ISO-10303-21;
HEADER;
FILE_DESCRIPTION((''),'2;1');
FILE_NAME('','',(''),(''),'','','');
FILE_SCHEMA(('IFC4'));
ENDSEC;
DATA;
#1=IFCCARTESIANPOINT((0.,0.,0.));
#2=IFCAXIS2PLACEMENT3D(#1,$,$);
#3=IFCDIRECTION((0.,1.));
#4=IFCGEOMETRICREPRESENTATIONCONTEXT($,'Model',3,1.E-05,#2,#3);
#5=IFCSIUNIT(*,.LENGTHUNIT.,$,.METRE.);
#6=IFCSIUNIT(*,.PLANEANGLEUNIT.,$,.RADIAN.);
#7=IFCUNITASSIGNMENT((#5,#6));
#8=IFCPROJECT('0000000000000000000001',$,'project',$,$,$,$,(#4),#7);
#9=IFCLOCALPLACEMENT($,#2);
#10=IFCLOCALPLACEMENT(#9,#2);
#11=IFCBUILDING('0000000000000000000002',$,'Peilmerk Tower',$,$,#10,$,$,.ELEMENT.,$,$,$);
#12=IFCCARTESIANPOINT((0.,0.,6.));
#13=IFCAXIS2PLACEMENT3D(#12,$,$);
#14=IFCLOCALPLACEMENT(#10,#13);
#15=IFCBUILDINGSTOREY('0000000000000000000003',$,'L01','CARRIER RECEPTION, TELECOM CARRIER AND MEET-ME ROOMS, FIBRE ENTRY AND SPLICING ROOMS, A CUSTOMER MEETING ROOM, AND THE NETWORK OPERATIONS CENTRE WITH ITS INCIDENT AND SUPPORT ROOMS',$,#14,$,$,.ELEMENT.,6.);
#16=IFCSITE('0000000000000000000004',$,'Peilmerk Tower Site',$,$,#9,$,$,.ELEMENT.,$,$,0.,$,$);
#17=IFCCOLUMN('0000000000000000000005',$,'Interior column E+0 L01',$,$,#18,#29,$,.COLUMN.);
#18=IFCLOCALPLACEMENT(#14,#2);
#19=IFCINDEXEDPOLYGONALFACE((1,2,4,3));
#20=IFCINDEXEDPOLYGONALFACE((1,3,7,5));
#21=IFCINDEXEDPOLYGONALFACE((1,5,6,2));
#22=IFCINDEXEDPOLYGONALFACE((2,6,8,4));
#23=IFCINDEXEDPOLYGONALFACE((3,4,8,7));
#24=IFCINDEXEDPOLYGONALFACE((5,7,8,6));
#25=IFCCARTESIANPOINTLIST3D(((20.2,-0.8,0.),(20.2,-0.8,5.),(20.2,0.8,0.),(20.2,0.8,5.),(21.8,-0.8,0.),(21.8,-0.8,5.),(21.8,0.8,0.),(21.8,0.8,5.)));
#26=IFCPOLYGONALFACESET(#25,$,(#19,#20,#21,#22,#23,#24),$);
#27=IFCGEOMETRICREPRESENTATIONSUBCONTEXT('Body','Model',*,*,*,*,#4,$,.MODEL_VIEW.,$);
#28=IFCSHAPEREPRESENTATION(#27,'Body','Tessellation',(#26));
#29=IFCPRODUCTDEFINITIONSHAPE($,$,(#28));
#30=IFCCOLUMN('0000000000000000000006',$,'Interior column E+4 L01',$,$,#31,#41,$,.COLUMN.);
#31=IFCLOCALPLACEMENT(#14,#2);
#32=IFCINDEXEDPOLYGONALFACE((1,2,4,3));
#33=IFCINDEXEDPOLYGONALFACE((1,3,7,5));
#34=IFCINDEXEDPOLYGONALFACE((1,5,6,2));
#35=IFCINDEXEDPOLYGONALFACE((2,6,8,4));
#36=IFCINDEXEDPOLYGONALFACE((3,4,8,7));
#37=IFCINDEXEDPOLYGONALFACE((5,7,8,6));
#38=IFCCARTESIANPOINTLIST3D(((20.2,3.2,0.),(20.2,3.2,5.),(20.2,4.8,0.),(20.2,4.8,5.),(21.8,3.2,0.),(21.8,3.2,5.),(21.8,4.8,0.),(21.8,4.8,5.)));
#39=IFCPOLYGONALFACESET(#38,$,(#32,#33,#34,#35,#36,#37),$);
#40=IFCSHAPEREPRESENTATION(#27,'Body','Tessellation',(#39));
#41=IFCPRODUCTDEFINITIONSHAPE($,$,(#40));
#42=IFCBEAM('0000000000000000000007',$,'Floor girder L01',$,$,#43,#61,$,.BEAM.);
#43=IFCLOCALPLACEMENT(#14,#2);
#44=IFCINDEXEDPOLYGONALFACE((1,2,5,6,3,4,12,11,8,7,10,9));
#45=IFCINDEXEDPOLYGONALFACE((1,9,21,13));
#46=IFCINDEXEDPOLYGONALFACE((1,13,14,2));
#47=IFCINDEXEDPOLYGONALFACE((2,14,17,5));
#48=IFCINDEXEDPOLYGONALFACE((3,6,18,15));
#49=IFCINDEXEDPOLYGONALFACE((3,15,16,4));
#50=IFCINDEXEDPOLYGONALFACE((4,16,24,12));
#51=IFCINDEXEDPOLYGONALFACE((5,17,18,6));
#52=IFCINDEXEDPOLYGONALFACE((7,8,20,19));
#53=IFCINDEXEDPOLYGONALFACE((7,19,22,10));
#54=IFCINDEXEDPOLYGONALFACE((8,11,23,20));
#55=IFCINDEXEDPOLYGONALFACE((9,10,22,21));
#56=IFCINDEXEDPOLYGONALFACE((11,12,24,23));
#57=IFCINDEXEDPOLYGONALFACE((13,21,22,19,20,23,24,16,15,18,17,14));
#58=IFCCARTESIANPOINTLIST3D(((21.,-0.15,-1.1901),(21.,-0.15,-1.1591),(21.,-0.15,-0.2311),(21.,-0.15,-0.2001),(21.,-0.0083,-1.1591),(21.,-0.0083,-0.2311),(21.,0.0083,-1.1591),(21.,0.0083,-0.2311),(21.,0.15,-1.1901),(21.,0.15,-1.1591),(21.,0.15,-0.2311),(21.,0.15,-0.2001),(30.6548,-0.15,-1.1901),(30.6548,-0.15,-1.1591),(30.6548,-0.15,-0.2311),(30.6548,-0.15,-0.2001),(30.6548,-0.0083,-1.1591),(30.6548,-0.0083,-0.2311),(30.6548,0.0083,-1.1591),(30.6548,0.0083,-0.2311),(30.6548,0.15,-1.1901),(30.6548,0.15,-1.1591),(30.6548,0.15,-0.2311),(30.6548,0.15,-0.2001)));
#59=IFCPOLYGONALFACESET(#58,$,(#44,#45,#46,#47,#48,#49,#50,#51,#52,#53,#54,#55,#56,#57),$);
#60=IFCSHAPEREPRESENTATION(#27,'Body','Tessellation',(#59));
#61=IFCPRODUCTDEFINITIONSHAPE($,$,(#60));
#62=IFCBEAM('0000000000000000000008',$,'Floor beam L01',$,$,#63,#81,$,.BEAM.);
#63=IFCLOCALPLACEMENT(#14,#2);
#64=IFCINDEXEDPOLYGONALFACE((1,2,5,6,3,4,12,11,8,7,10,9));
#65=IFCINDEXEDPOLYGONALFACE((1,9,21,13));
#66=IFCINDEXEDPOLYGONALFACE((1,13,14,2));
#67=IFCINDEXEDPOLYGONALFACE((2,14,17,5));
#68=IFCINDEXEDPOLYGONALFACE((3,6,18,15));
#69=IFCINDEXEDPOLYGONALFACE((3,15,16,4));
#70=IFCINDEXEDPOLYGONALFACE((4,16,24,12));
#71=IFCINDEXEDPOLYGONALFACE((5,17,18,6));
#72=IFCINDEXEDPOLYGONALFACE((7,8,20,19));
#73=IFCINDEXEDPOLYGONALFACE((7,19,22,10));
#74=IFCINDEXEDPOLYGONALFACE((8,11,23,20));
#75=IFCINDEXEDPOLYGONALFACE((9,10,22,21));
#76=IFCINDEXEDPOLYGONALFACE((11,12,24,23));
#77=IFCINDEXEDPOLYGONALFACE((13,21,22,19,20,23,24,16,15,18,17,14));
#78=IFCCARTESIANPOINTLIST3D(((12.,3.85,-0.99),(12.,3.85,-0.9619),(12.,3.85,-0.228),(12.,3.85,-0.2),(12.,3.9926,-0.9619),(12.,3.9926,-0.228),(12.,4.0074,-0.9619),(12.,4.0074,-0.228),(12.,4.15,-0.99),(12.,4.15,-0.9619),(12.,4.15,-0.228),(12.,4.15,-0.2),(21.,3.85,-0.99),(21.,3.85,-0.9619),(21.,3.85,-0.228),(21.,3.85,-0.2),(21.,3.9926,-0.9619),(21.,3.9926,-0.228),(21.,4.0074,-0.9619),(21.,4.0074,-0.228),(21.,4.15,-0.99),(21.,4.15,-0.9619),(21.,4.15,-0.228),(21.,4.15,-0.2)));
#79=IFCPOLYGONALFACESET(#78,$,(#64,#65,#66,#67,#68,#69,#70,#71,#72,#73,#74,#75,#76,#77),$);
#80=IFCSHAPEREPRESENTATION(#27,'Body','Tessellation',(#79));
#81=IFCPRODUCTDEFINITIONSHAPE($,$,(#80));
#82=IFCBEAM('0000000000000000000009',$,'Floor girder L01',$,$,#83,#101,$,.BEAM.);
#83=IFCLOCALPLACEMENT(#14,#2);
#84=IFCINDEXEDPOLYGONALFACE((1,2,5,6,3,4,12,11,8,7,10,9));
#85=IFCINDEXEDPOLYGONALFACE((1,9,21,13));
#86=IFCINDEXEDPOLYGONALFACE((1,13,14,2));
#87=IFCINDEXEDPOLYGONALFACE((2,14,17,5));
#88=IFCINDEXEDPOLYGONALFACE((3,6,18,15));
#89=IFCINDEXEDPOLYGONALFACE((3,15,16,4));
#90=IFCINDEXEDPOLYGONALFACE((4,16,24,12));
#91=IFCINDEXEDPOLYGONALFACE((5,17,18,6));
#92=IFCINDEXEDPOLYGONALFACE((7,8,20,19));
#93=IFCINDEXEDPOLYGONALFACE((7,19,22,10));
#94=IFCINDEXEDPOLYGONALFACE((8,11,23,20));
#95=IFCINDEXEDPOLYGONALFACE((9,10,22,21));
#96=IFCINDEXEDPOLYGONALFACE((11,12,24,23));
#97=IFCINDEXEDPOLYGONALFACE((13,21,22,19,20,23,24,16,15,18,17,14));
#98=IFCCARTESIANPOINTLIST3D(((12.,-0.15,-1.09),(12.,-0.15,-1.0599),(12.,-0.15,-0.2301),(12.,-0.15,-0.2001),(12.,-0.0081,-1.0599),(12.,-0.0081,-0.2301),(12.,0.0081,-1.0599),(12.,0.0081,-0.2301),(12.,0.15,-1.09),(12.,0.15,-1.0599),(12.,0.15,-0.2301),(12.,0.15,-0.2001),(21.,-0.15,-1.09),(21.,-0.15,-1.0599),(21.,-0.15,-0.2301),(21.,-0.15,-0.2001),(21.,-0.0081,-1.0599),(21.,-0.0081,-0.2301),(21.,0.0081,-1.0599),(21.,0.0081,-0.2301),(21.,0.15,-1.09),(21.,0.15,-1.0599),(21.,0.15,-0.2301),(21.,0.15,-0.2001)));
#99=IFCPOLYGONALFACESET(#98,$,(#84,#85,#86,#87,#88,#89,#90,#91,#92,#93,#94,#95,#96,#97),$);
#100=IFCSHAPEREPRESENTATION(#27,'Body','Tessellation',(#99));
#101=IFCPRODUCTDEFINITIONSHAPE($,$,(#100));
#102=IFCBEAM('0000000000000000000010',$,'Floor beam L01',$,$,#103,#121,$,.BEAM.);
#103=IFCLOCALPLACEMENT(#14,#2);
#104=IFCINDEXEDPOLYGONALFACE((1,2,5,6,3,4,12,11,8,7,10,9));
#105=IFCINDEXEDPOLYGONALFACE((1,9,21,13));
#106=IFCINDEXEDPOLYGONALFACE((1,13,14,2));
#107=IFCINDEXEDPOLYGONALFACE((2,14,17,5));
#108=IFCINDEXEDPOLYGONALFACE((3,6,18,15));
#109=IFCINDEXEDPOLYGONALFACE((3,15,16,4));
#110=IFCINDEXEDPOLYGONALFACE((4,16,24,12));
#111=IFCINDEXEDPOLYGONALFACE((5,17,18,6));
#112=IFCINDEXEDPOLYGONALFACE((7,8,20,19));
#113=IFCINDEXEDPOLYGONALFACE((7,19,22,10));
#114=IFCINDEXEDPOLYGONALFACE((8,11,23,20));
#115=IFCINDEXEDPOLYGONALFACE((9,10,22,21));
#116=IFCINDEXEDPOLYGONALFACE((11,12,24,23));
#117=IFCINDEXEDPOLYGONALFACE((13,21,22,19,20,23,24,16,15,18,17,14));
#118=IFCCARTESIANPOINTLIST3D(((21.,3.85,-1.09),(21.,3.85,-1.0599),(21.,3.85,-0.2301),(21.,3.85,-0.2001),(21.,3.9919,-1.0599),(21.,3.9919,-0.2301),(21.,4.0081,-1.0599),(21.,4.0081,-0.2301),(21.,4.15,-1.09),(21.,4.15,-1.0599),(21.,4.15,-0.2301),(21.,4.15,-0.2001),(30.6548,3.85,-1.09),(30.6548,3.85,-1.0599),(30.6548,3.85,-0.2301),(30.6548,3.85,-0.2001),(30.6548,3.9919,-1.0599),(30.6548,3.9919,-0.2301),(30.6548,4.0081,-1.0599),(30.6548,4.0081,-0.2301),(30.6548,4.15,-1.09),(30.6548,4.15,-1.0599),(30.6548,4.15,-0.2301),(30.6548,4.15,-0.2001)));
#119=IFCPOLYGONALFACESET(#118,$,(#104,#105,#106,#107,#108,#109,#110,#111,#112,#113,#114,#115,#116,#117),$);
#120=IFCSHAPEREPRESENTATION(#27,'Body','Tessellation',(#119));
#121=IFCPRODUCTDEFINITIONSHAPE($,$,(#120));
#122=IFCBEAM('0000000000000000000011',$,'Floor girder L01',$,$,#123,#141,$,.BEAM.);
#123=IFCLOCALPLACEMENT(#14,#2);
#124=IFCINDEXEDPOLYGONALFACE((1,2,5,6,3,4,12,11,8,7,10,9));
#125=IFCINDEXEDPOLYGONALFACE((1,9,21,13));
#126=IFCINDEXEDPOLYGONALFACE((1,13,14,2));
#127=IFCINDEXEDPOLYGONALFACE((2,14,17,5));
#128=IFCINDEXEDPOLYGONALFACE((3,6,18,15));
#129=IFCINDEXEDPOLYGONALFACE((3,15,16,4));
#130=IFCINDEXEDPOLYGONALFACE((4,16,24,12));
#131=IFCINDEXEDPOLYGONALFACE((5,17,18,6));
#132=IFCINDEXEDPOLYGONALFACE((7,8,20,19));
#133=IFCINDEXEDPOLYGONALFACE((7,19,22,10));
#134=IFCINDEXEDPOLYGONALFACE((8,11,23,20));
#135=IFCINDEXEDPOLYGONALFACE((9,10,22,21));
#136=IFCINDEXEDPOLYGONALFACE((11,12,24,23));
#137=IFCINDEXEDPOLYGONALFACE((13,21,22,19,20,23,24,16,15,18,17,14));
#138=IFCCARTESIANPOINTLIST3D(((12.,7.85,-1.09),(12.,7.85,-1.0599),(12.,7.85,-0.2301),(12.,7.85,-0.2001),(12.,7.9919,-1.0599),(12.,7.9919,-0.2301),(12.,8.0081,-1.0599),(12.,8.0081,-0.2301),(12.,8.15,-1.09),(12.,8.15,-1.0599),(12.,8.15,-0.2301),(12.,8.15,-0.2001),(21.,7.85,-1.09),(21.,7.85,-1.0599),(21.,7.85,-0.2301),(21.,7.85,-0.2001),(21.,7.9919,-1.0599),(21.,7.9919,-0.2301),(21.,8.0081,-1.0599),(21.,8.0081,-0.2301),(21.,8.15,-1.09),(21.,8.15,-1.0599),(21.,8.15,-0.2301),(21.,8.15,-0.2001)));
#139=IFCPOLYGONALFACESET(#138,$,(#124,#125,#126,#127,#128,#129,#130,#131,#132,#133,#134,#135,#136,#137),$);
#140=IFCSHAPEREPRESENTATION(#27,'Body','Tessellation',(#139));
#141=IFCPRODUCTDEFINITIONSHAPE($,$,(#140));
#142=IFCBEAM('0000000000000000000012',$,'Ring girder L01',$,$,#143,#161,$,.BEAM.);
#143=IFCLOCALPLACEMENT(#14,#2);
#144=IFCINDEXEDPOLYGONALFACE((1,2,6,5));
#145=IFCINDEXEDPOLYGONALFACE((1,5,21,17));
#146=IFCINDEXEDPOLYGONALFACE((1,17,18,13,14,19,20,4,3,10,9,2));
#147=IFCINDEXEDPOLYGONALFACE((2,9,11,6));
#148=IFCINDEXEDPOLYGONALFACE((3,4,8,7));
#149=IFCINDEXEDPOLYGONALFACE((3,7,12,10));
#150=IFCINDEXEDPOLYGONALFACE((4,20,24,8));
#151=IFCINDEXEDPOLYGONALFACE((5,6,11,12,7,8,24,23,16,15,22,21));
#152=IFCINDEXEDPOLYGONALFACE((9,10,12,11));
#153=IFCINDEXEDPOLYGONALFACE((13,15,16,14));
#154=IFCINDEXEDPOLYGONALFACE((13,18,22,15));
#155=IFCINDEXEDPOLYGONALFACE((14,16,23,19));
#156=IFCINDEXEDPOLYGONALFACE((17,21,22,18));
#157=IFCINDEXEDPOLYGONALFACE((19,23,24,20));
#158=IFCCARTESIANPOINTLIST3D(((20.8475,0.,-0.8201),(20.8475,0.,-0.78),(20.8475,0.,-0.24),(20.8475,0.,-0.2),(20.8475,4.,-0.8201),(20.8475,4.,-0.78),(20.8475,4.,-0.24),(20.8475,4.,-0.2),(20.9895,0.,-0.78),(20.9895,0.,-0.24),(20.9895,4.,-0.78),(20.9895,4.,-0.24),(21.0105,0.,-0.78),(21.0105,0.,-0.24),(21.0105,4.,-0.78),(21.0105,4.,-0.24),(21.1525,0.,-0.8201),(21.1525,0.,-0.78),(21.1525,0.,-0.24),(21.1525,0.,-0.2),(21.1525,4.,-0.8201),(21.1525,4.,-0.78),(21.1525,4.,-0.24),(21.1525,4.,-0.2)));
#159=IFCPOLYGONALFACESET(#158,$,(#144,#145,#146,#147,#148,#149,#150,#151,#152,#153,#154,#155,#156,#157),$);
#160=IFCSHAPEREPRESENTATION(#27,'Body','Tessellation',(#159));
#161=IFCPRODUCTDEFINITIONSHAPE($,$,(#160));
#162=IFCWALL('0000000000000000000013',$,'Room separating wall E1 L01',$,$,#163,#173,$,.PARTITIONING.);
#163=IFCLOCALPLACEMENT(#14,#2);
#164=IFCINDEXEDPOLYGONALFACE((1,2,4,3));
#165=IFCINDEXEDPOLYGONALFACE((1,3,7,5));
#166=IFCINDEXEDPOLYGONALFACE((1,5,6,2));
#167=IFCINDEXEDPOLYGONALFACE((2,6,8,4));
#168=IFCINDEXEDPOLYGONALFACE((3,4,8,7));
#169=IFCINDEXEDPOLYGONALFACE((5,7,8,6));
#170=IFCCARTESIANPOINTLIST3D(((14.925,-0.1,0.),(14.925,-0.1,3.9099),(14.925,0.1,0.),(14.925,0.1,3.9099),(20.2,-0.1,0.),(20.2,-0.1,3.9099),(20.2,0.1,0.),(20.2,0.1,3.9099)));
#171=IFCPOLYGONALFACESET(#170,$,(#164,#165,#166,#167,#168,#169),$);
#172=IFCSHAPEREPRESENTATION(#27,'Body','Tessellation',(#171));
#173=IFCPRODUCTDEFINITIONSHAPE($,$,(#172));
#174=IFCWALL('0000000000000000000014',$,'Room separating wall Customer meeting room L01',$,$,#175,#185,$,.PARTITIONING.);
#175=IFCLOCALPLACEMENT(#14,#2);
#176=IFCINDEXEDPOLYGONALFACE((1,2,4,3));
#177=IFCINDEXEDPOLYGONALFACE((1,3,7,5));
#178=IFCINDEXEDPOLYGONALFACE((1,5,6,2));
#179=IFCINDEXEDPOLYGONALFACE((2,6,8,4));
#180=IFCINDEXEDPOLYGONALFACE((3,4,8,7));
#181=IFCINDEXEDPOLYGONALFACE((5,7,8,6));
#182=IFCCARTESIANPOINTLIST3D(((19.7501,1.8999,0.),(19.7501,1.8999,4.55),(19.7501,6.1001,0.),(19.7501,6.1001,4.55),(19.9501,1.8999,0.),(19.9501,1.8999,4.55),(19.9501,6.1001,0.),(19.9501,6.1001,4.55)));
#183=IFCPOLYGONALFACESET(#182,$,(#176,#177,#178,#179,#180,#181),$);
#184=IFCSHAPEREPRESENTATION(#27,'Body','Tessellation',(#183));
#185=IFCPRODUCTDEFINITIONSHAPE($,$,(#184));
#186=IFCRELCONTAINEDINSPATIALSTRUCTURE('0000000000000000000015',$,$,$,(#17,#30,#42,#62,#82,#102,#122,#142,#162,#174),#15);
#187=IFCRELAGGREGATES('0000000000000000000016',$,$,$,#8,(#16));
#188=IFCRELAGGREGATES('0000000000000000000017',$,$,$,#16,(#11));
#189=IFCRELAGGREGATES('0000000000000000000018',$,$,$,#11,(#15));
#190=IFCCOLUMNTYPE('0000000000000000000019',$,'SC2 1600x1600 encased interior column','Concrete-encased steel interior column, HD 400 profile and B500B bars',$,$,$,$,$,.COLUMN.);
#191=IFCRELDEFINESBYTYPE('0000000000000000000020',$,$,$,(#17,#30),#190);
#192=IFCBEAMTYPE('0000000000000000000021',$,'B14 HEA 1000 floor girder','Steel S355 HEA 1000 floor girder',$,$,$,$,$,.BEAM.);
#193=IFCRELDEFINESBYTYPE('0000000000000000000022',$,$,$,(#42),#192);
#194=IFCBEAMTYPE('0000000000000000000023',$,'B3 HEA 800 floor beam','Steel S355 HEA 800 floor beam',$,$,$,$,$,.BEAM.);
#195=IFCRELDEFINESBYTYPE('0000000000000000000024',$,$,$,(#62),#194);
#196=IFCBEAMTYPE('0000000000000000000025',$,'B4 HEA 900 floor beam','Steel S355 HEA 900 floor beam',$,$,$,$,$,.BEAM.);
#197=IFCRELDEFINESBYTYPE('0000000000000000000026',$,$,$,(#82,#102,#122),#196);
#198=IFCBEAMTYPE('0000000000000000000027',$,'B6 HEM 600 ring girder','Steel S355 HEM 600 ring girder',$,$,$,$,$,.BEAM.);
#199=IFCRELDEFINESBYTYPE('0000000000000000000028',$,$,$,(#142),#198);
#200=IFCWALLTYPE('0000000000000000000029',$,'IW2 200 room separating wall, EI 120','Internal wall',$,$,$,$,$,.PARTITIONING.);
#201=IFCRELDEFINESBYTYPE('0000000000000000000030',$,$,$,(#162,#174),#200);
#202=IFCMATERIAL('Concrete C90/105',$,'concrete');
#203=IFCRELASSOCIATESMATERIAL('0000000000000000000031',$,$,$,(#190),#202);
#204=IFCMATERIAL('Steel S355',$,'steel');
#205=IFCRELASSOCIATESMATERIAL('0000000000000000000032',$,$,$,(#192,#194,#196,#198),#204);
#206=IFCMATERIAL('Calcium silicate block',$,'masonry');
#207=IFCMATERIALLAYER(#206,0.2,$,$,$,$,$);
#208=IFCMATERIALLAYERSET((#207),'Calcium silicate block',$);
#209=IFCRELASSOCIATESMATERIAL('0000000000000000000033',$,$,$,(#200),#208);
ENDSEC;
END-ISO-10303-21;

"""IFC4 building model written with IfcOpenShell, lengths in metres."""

from ifc_helpers import new_model, si_unit, direction, frame, frame_2d, origin, origin_2d, place, context, subcontext, project, spatial, rectangle, i_section, extrude, material, layer, layer_set, material_profile, profile_set, type_object, element, save


model = new_model("IFC4")

# Units and contexts
model_context = context("Model", 3, precision=1e-05, world=origin(), true_north=direction((0.0, 1.0)))
body_context = subcontext(model_context, "Body", "Model", "MODEL_VIEW")
ifc_project = project(units=[si_unit("LENGTHUNIT", "METRE"), si_unit("PLANEANGLEUNIT", "RADIAN")], contexts=[model_context])

# Site, building, storey
site_placement = place(None, origin())
site = spatial("IfcSite", under=ifc_project, at=site_placement, Name="Peilmerk Tower Site", CompositionType="ELEMENT", RefElevation=0.0)
building_placement = place(site_placement, origin())
building = spatial("IfcBuilding", under=site, at=building_placement, Name="Peilmerk Tower", CompositionType="ELEMENT")
storey_placement = place(building_placement, frame((0.0, 0.0, 6.0)))
storey = spatial("IfcBuildingStorey", under=building, at=storey_placement, Name="L01", Description="CARRIER RECEPTION, TELECOM CARRIER AND MEET-ME ROOMS, FIBRE ENTRY AND SPLICING ROOMS, A CUSTOMER MEETING ROOM, AND THE NETWORK OPERATIONS CENTRE WITH ITS INCIDENT AND SUPPORT ROOMS", CompositionType="ELEMENT", Elevation=6.0)

# Columns
ifc_material_1 = material(Name="Concrete C90/105", Category="concrete")
ifc_material_profile_1 = material_profile(ifc_material_1, rectangle(XDim=1.6001, YDim=1.6001, at=origin_2d()), Name="RC 1600x1600")
ifc_profile_set_1 = profile_set([ifc_material_profile_1], Name="Concrete C90/105")
column_type = type_object("IfcColumnType", Name="SC2 1600x1600 encased interior column", Description="Concrete-encased steel interior column, HD 400 profile and B500B bars", PredefinedType="COLUMN", material=ifc_profile_set_1)
for number, where, z_axis, x_axis, name in (
    (1, (21.0, 0.0, 0.0), (0.0, 0.0, 1.0), (1.0, 0.0, 0.0), "Interior column E+0 L01"),
    (2, (21.0, 4.0, 0.0), (0.0, 0.0, 1.0), (1.0, 0.0, 0.0), "Interior column E+4 L01"),
):
    element("IfcColumn", number, at=place(storey_placement, frame(where, z_axis=z_axis, x_axis=x_axis)), inside=storey, type_object=column_type, Name=name, PredefinedType="COLUMN", context=body_context, shape_type="SweptSolid", body=[
        extrude(rectangle(XDim=1.6001, YDim=1.6001, at=origin_2d()), origin(), (0.0, 0.0, 1.0), 5.0),
    ])

# Beams
ifc_material_2 = material(Name="Steel S355", Category="steel")
ifc_material_profile_2 = material_profile(ifc_material_2, i_section(OverallWidth=0.3, OverallDepth=0.99, WebThickness=0.0166, FlangeThickness=0.031, at=origin_2d()), Name="HEA 1000")
ifc_profile_set_2 = profile_set([ifc_material_profile_2], Name="Steel S355")
beam_type_1 = type_object("IfcBeamType", Name="B14 HEA 1000 floor girder", Description="Steel S355 HEA 1000 floor girder", PredefinedType="BEAM", material=ifc_profile_set_2)
beam_1_placement = place(storey_placement, frame((21.0, 0.0, -0.6951), z_axis=(1.0, 0.0, 0.0), x_axis=(0.0, 1.0, 0.0)))
element("IfcBeam", 3, at=beam_1_placement, inside=storey, type_object=beam_type_1, Name="Floor girder L01", PredefinedType="BEAM", context=body_context, shape_type="SweptSolid", body=[
    extrude(i_section(OverallWidth=0.3, OverallDepth=0.99, WebThickness=0.0166, FlangeThickness=0.031, at=origin_2d()), origin(), (0.0, 0.0, 1.0), 9.6548),
])
ifc_material_profile_3 = material_profile(ifc_material_2, i_section(OverallWidth=0.3, OverallDepth=0.79, WebThickness=0.0149, FlangeThickness=0.0281, at=origin_2d()), Name="HEA 800")
ifc_profile_set_3 = profile_set([ifc_material_profile_3], Name="Steel S355")
beam_type_2 = type_object("IfcBeamType", Name="B3 HEA 800 floor beam", Description="Steel S355 HEA 800 floor beam", PredefinedType="BEAM", material=ifc_profile_set_3)
beam_2_placement = place(storey_placement, frame((12.0, 4.0, -0.595), z_axis=(1.0, 0.0, 0.0), x_axis=(0.0, 1.0, 0.0)))
element("IfcBeam", 4, at=beam_2_placement, inside=storey, type_object=beam_type_2, Name="Floor beam L01", PredefinedType="BEAM", context=body_context, shape_type="SweptSolid", body=[
    extrude(i_section(OverallWidth=0.3, OverallDepth=0.79, WebThickness=0.0149, FlangeThickness=0.0281, at=origin_2d()), origin(), (0.0, 0.0, 1.0), 9.0),
])
ifc_material_profile_4 = material_profile(ifc_material_2, i_section(OverallWidth=0.3, OverallDepth=0.8899, WebThickness=0.0161, FlangeThickness=0.03, at=origin_2d()), Name="HEA 900")
ifc_profile_set_4 = profile_set([ifc_material_profile_4], Name="Steel S355")
beam_type_3 = type_object("IfcBeamType", Name="B4 HEA 900 floor beam", Description="Steel S355 HEA 900 floor beam", PredefinedType="BEAM", material=ifc_profile_set_4)
beam_3_placement = place(storey_placement, frame((12.0, 0.0, -0.645), z_axis=(1.0, 0.0, 0.0), x_axis=(0.0, 1.0, 0.0)))
element("IfcBeam", 5, at=beam_3_placement, inside=storey, type_object=beam_type_3, Name="Floor girder L01", PredefinedType="BEAM", context=body_context, shape_type="SweptSolid", body=[
    extrude(i_section(OverallWidth=0.3, OverallDepth=0.8899, WebThickness=0.0161, FlangeThickness=0.03, at=origin_2d()), origin(), (0.0, 0.0, 1.0), 9.0),
])
beam_4_placement = place(storey_placement, frame((21.0, 4.0, -0.645), z_axis=(1.0, 0.0, 0.0), x_axis=(0.0, 1.0, 0.0)))
element("IfcBeam", 6, at=beam_4_placement, inside=storey, type_object=beam_type_3, Name="Floor beam L01", PredefinedType="BEAM", context=body_context, shape_type="SweptSolid", body=[
    extrude(i_section(OverallWidth=0.3, OverallDepth=0.8899, WebThickness=0.0161, FlangeThickness=0.03, at=origin_2d()), origin(), (0.0, 0.0, 1.0), 9.6548),
])
beam_5_placement = place(storey_placement, frame((12.0, 8.0, -0.645), z_axis=(1.0, 0.0, 0.0), x_axis=(0.0, 1.0, 0.0)))
element("IfcBeam", 7, at=beam_5_placement, inside=storey, type_object=beam_type_3, Name="Floor girder L01", PredefinedType="BEAM", context=body_context, shape_type="SweptSolid", body=[
    extrude(i_section(OverallWidth=0.3, OverallDepth=0.8899, WebThickness=0.0161, FlangeThickness=0.03, at=origin_2d()), origin(), (0.0, 0.0, 1.0), 9.0),
])
ifc_material_profile_5 = material_profile(ifc_material_2, i_section(OverallWidth=0.3049, OverallDepth=0.6201, WebThickness=0.021, FlangeThickness=0.04, at=origin_2d()), Name="HEM 600")
ifc_profile_set_5 = profile_set([ifc_material_profile_5], Name="Steel S355")
beam_type_4 = type_object("IfcBeamType", Name="B6 HEM 600 ring girder", Description="Steel S355 HEM 600 ring girder", PredefinedType="BEAM", material=ifc_profile_set_5)
beam_6_placement = place(storey_placement, frame((21.0, 0.0, -0.51), z_axis=(0.0, 1.0, 0.0), x_axis=(-1.0, 0.0, 0.0)))
element("IfcBeam", 8, at=beam_6_placement, inside=storey, type_object=beam_type_4, Name="Ring girder L01", PredefinedType="BEAM", context=body_context, shape_type="SweptSolid", body=[
    extrude(i_section(OverallWidth=0.3049, OverallDepth=0.6201, WebThickness=0.021, FlangeThickness=0.04, at=origin_2d()), origin(), (0.0, 0.0, 1.0), 4.0),
])

# Walls
ifc_material_3 = material(Name="Calcium silicate block", Category="masonry")
ifc_layer_1 = layer(ifc_material_3, 0.2)
ifc_layer_set_1 = layer_set([ifc_layer_1], Name="Calcium silicate block")
wall_type_1 = type_object("IfcWallType", Name="IW2 200 room separating wall, EI 120", Description="Internal wall", PredefinedType="PARTITIONING", material=ifc_layer_set_1)
wall_1_placement = place(storey_placement, frame((14.925, 0.0, 0.0), z_axis=(0.0, 0.0, 1.0), x_axis=(1.0, 0.0, 0.0)))
element("IfcWall", 9, at=wall_1_placement, inside=storey, type_object=wall_type_1, Name="Room separating wall E1 L01", PredefinedType="PARTITIONING", context=body_context, shape_type="SweptSolid", body=[
    extrude(rectangle(XDim=5.2749, YDim=0.2, at=frame_2d((2.6375, 0.0))), origin(), (0.0, 0.0, 1.0), 3.9099),
])
wall_2_placement = place(storey_placement, frame((19.8501, 1.8999, 0.0), z_axis=(0.0, 0.0, 1.0), x_axis=(0.0, 1.0, 0.0)))
element("IfcWall", 10, at=wall_2_placement, inside=storey, type_object=wall_type_1, Name="Room separating wall Customer meeting room L01", PredefinedType="PARTITIONING", context=body_context, shape_type="SweptSolid", body=[
    extrude(rectangle(XDim=4.2002, YDim=0.2, at=frame_2d((2.1001, 0.0))), origin(), (0.0, 0.0, 1.0), 4.55),
])

save(model, "model.ifc")
